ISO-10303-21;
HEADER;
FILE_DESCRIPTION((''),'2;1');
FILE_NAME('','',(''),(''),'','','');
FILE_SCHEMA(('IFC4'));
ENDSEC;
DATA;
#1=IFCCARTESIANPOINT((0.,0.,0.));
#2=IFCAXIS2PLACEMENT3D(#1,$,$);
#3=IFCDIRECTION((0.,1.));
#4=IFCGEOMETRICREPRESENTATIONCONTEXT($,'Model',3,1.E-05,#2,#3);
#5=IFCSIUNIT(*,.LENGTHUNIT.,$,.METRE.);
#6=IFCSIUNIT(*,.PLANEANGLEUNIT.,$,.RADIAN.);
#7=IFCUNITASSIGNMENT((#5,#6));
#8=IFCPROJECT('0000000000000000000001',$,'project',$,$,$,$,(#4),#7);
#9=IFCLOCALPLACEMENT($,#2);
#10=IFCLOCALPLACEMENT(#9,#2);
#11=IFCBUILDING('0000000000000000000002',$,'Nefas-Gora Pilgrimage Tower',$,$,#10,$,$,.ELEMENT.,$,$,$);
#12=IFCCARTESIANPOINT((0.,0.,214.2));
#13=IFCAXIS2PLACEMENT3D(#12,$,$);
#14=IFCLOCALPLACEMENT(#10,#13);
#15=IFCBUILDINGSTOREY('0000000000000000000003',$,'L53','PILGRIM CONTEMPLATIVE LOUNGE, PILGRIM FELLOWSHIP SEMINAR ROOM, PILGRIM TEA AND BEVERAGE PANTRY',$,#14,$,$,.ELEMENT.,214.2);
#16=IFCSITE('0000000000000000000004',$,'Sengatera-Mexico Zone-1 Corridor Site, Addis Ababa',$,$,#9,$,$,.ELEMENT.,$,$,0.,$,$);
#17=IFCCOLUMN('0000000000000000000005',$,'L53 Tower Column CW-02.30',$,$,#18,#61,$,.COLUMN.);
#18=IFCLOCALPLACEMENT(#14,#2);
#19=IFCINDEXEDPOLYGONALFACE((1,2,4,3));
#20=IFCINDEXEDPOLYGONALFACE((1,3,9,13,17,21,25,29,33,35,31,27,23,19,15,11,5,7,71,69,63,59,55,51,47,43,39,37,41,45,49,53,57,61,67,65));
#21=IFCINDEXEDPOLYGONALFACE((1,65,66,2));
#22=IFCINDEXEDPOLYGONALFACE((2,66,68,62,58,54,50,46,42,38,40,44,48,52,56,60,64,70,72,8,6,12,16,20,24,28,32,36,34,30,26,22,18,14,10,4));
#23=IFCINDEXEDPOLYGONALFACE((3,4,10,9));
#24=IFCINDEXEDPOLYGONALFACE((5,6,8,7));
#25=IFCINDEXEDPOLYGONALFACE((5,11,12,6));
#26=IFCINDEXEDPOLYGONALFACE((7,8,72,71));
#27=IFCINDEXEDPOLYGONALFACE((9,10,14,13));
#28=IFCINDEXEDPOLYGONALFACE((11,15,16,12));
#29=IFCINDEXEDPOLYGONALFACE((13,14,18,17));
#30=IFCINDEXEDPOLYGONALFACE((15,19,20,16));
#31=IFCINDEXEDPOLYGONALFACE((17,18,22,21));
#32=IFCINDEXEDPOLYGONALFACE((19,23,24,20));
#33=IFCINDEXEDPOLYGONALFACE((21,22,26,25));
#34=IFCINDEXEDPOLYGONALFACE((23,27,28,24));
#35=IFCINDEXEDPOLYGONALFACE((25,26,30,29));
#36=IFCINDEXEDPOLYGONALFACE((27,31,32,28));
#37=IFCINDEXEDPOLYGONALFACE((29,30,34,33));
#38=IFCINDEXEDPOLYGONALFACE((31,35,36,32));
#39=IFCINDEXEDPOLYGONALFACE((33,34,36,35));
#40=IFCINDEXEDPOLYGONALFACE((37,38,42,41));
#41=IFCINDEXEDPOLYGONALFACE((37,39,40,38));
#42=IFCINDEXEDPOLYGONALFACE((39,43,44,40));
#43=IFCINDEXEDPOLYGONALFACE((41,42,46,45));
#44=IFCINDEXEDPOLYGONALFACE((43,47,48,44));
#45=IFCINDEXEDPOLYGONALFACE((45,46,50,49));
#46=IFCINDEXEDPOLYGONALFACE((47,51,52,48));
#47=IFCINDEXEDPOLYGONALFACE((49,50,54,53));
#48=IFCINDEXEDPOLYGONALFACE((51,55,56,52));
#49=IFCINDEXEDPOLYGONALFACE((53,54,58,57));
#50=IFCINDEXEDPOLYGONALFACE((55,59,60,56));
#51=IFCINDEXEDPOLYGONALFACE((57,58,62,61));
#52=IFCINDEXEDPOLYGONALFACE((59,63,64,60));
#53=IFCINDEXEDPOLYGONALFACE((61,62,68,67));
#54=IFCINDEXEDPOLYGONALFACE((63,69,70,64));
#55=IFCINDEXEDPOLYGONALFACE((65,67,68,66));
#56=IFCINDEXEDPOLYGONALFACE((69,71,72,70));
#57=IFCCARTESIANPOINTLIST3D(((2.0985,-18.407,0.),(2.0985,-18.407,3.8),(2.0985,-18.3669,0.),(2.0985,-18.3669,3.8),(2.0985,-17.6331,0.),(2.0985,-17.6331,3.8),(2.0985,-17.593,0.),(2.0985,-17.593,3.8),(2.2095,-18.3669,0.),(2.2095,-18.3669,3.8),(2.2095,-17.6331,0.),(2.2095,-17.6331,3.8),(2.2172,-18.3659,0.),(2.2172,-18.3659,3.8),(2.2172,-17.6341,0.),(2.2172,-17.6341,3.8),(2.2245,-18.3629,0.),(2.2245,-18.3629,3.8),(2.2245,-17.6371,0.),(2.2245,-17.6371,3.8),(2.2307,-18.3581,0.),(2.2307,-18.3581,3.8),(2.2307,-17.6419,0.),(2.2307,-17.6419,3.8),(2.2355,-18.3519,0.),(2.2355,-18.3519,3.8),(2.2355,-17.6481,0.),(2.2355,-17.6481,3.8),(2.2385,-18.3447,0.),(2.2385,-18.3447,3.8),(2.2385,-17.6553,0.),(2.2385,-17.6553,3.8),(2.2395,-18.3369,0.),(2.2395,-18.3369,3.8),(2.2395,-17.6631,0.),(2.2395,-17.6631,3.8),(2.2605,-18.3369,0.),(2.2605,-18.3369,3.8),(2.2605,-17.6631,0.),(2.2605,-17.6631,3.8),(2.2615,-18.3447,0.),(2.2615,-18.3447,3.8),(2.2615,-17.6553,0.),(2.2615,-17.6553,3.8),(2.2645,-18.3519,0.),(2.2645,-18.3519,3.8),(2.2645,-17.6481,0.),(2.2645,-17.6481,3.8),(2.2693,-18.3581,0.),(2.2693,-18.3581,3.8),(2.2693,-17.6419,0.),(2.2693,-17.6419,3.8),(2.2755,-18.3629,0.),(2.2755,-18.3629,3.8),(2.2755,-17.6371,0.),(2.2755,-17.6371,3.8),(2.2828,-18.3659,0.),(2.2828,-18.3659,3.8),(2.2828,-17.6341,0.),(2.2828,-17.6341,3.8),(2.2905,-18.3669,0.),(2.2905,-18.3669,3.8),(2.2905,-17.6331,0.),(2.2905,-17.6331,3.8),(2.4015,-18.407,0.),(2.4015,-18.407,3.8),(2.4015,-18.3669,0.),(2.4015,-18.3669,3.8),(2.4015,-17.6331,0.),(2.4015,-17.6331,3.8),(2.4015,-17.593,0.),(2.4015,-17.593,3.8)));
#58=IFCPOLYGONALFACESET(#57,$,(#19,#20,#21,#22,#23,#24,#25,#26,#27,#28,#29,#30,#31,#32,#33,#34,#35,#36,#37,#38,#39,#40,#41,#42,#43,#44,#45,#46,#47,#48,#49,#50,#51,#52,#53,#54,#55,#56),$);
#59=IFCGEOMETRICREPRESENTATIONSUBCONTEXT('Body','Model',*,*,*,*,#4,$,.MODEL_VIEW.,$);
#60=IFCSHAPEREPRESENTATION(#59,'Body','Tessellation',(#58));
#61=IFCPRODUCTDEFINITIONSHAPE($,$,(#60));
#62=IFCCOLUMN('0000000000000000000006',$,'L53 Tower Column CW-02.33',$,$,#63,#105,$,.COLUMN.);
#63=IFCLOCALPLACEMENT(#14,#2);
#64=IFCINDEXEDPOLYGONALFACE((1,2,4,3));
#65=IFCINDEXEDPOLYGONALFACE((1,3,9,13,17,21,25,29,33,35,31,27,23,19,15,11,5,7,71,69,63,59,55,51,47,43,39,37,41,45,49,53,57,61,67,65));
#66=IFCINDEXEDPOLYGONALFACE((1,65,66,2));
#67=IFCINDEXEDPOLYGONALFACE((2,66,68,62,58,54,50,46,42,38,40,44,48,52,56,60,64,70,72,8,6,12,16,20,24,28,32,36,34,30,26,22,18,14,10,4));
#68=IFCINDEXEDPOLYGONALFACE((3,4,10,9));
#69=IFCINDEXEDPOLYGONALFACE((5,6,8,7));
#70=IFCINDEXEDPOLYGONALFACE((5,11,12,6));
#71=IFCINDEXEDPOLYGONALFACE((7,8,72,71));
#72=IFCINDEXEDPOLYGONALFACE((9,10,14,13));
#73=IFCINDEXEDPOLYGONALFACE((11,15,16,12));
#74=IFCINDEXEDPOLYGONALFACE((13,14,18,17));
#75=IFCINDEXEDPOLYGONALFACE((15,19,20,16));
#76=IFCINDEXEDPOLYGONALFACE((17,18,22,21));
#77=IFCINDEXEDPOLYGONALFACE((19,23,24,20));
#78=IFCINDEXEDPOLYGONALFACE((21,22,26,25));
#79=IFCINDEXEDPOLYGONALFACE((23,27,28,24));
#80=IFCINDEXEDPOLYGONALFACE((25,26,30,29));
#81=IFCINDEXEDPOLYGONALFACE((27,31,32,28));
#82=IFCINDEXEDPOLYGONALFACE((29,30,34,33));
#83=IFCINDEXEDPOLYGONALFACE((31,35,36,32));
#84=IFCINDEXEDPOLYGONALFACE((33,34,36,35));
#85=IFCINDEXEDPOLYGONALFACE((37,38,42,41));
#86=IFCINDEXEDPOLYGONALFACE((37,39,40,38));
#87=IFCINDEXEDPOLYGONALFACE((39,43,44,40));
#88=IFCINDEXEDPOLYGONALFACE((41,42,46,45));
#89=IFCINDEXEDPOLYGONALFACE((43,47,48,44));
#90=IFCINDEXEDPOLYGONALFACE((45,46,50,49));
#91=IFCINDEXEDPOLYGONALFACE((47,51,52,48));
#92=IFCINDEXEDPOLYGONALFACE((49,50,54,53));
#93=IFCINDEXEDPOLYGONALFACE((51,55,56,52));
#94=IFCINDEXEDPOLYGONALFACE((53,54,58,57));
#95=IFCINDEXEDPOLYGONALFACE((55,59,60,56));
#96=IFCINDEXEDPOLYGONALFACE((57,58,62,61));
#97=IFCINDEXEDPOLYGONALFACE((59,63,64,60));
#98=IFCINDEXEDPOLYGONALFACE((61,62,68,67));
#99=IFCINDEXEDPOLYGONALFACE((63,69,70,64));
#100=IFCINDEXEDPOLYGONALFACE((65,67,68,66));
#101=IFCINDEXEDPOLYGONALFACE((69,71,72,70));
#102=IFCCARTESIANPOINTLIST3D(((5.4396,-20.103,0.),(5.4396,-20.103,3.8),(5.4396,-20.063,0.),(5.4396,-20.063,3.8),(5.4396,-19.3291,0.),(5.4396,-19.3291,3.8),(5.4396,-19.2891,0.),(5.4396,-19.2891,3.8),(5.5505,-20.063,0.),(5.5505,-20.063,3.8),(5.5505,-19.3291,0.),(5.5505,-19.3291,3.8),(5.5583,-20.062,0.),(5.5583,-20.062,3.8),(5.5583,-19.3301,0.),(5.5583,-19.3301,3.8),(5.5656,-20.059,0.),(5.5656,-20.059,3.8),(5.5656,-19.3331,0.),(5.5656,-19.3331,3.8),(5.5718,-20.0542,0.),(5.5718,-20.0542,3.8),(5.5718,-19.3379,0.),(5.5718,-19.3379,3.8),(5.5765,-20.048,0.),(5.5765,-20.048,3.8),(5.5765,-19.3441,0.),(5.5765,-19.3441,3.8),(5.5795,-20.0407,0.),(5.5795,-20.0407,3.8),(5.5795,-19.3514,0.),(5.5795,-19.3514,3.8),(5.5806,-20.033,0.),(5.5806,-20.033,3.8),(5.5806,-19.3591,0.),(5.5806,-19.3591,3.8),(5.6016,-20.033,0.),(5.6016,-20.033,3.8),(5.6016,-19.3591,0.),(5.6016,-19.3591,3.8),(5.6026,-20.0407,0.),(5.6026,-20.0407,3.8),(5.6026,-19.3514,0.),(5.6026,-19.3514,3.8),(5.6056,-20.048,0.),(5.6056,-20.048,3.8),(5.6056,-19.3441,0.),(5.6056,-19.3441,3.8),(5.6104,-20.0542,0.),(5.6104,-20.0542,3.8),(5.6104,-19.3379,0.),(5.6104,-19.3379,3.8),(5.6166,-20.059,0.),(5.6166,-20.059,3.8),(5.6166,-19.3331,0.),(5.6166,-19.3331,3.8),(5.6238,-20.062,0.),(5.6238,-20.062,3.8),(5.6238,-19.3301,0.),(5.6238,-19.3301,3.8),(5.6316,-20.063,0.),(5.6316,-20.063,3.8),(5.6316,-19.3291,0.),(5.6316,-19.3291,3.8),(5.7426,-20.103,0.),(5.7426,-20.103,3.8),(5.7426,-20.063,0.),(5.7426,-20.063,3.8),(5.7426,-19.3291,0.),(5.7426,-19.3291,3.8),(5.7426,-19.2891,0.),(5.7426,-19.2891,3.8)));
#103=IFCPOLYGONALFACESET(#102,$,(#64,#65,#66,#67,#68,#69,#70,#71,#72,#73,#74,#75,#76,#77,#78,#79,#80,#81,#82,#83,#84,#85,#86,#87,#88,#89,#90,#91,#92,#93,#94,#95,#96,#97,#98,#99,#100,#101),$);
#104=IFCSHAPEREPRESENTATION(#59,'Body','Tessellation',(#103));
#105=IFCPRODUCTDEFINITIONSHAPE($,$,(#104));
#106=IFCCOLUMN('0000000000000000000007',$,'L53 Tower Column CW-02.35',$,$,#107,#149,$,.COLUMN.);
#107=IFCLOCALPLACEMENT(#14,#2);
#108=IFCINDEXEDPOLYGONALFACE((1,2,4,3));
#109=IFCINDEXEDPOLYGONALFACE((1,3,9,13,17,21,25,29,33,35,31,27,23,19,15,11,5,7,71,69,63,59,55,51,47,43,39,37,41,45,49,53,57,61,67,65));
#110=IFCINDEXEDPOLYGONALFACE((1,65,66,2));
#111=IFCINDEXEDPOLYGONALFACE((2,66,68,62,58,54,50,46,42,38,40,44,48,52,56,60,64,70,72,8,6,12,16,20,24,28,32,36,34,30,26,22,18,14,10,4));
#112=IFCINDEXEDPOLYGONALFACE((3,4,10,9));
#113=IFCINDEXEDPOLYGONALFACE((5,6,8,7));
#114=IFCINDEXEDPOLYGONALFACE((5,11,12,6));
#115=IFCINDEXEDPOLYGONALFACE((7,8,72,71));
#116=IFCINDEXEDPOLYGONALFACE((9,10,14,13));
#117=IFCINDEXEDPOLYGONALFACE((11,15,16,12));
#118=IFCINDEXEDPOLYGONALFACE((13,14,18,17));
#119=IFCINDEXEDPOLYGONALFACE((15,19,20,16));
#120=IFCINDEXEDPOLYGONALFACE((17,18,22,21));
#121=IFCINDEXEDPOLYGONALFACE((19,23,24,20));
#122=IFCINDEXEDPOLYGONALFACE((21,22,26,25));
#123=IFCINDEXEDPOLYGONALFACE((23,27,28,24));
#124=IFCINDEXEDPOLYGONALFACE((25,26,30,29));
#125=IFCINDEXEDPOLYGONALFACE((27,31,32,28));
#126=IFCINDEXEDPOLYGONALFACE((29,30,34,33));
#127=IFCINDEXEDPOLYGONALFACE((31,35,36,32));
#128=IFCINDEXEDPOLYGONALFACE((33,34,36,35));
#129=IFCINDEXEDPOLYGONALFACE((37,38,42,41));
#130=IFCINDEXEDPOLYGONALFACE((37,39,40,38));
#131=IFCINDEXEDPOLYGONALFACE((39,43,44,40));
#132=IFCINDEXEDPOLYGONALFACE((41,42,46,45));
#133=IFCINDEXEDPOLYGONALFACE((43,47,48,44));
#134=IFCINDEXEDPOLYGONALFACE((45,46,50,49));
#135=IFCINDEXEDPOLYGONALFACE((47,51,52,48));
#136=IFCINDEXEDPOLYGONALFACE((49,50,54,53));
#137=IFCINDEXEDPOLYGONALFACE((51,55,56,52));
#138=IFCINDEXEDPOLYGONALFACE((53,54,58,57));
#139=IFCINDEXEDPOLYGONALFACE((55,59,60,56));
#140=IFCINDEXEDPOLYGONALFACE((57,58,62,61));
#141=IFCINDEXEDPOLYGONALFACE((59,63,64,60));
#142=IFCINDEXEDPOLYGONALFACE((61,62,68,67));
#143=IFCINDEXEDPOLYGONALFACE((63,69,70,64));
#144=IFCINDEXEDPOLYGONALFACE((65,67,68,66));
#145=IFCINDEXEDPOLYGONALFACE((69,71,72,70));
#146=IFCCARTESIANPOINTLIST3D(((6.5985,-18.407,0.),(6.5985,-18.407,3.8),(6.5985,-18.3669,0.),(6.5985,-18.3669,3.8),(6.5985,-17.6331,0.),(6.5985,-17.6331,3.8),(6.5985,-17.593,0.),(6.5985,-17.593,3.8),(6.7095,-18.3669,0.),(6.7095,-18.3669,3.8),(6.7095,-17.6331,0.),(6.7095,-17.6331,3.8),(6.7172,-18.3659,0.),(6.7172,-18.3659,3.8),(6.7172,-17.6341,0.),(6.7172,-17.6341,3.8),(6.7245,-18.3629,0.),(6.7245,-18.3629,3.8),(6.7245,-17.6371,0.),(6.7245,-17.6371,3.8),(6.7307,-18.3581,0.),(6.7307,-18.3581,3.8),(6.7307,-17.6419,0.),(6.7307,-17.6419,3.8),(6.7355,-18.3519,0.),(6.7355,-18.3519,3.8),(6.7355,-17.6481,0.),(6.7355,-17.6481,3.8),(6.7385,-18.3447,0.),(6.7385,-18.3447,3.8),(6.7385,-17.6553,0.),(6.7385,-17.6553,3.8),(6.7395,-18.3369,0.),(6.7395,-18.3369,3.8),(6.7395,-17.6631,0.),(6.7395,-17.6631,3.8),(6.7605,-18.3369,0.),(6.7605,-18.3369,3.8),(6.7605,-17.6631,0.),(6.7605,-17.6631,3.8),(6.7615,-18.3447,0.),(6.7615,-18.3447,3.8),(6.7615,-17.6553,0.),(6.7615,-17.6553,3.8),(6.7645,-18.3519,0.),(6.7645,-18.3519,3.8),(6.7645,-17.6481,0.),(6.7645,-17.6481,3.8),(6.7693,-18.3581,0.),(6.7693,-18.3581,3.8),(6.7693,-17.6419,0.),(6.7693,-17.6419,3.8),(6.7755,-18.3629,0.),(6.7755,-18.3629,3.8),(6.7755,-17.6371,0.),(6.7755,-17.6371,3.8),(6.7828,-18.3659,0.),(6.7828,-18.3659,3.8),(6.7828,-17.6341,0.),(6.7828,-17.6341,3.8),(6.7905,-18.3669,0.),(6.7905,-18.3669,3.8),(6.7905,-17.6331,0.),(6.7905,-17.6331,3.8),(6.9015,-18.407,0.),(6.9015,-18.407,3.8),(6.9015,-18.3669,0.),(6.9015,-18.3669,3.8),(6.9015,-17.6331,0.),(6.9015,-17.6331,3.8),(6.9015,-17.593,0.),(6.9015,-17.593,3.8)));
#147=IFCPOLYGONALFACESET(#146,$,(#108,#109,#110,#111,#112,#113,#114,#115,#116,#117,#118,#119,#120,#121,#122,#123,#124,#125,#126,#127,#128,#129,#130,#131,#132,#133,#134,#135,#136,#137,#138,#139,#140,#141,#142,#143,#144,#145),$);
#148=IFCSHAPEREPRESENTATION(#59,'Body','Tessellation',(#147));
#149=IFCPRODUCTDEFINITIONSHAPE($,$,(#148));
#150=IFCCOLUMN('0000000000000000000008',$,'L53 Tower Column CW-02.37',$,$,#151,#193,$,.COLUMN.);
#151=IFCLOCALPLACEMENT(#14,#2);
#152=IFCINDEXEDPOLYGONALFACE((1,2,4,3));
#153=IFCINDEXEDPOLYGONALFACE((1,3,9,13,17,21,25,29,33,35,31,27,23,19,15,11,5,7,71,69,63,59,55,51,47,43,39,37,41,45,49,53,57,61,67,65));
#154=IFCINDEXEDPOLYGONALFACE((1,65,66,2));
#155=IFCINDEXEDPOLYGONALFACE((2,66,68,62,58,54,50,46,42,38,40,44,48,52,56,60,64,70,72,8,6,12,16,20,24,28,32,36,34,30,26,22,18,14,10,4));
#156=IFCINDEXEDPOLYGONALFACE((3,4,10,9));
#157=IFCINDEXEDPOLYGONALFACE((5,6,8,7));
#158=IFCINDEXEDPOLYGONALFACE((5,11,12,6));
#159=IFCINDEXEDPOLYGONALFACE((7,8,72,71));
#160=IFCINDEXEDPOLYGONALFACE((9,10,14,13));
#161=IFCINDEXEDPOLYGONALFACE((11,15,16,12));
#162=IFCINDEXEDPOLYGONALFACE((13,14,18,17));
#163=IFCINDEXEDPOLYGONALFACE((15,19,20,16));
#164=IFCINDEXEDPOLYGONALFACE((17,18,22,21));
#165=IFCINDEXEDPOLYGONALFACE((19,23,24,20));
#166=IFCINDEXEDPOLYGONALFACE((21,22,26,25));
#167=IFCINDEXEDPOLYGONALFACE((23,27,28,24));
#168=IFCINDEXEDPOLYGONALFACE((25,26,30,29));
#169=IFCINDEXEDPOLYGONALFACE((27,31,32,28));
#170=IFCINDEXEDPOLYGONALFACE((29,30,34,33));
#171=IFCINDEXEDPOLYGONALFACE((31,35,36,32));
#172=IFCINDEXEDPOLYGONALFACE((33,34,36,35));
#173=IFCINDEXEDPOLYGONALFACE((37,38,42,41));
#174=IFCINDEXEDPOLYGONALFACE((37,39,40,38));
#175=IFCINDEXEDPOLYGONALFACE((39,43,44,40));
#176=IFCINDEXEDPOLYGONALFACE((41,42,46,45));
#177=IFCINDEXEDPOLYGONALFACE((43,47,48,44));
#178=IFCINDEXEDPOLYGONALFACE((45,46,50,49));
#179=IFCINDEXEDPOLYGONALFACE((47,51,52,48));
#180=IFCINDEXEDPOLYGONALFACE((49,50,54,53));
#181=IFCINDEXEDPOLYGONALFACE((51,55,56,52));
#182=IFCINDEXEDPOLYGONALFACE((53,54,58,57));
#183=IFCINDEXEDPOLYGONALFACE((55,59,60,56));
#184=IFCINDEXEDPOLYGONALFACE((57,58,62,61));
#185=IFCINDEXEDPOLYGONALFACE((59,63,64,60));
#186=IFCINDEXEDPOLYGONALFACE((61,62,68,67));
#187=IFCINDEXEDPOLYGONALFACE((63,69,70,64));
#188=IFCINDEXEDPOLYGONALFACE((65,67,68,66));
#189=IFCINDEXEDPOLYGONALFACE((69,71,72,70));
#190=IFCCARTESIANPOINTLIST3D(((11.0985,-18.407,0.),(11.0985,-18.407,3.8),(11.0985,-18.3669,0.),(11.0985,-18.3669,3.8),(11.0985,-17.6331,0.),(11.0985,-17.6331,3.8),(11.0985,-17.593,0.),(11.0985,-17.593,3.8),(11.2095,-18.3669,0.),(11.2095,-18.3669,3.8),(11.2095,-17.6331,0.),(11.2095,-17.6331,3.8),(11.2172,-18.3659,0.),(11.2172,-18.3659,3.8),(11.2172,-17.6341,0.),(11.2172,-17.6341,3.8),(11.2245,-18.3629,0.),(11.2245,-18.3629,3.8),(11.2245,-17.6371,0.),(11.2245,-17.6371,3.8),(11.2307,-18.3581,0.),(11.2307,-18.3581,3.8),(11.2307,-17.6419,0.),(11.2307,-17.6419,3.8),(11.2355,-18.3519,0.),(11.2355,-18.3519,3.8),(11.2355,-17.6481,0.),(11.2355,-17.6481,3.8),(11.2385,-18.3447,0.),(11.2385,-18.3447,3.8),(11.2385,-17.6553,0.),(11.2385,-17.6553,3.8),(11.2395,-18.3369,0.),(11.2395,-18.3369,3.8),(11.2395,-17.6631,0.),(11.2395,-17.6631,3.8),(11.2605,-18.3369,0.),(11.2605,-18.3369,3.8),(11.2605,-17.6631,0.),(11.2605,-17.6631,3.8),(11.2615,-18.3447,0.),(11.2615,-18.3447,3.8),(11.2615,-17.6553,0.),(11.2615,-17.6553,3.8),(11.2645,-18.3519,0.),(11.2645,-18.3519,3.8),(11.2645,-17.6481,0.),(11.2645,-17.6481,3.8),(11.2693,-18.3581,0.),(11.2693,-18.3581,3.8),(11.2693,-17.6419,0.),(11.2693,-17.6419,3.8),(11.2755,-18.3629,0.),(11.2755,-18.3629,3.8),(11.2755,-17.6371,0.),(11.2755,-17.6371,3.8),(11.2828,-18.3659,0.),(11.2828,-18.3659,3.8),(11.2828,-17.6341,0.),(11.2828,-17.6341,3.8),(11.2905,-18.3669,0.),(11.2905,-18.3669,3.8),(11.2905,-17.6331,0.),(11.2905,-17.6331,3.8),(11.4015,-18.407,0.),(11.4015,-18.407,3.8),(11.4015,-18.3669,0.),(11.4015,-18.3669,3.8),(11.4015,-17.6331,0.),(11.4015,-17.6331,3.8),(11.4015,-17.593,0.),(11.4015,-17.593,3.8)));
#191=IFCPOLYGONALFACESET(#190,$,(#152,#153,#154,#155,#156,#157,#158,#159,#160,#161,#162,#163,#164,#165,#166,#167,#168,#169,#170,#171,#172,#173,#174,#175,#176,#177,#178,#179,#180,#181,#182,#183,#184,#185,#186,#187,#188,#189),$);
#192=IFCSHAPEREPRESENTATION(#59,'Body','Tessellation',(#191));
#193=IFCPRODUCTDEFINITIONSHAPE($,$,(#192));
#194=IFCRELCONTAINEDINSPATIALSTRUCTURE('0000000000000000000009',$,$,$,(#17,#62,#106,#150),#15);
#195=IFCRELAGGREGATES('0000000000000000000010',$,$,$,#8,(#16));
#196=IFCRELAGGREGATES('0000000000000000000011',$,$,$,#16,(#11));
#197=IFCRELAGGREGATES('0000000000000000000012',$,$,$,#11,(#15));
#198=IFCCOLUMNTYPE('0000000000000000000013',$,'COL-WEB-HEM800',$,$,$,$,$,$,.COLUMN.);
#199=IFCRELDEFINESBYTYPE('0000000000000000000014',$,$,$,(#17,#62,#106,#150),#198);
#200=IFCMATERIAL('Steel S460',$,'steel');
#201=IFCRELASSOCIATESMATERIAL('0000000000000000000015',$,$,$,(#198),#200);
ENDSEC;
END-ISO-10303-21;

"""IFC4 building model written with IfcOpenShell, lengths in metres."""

from ifc_helpers import new_model, si_unit, direction, frame, origin, origin_2d, place, context, subcontext, project, spatial, i_section, extrude, source, transform, mapped, material, material_profile, profile_set, type_object, element, save


model = new_model("IFC4")

# Units and contexts
model_context = context("Model", 3, precision=1e-05, world=origin(), true_north=direction((0.0, 1.0)))
body_context = subcontext(model_context, "Body", "Model", "MODEL_VIEW")
ifc_project = project(units=[si_unit("LENGTHUNIT", "METRE"), si_unit("PLANEANGLEUNIT", "RADIAN")], contexts=[model_context])

# Site, building, storey
site_placement = place(None, origin())
site = spatial("IfcSite", under=ifc_project, at=site_placement, Name="Sengatera-Mexico Zone-1 Corridor Site, Addis Ababa", CompositionType="ELEMENT", RefElevation=0.0)
building_placement = place(site_placement, origin())
building = spatial("IfcBuilding", under=site, at=building_placement, Name="Nefas-Gora Pilgrimage Tower", CompositionType="ELEMENT")
storey_placement = place(building_placement, frame((0.0, 0.0, 214.2)))
storey = spatial("IfcBuildingStorey", under=building, at=storey_placement, Name="L53", Description="PILGRIM CONTEMPLATIVE LOUNGE, PILGRIM FELLOWSHIP SEMINAR ROOM, PILGRIM TEA AND BEVERAGE PANTRY", CompositionType="ELEMENT", Elevation=214.2)

# Columns
ifc_material_1 = material(Name="Steel S460", Category="steel")
ifc_material_profile_1 = material_profile(ifc_material_1, i_section(OverallWidth=0.303, OverallDepth=0.814, WebThickness=0.021, FlangeThickness=0.04, FilletRadius=0.03, at=origin_2d()), Name="HEM 800")
ifc_profile_set_1 = profile_set([ifc_material_profile_1], Name="Steel S460")
column_type_1 = type_object("IfcColumnType", Name="COL-WEB-HEM800", PredefinedType="COLUMN", material=ifc_profile_set_1)
shared_shape_1 = source(origin(), body_context, "Body", "SweptSolid", [
    extrude(i_section(OverallWidth=0.303, OverallDepth=0.814, WebThickness=0.021, FlangeThickness=0.04, FilletRadius=0.03, at=origin_2d()), origin(), (0.0, 0.0, 1.0), 3.8),
])
for number, where, z_axis, x_axis, name in (
    (1, (2.25, -18.0, 0.0), (0.0, 0.0, 1.0), (1.0, 0.0, 0.0), "L53 Tower Column CW-02.30"),
    (2, (5.5911, -19.696, 0.0), (0.0, 0.0, 1.0), (1.0, 0.0, 0.0), "L53 Tower Column CW-02.33"),
    (3, (6.75, -18.0, 0.0), (0.0, 0.0, 1.0), (1.0, 0.0, 0.0), "L53 Tower Column CW-02.35"),
    (4, (11.25, -18.0, 0.0), (0.0, 0.0, 1.0), (1.0, 0.0, 0.0), "L53 Tower Column CW-02.37"),
):
    element("IfcColumn", number, at=place(storey_placement, frame(where, z_axis=z_axis, x_axis=x_axis)), inside=storey, type_object=column_type_1, Name=name, PredefinedType="COLUMN", context=body_context, shape_type="MappedRepresentation", body=[
        mapped(shared_shape_1, transform((0.0, 0.0, 0.0), x_axis=(1.0, 0.0, 0.0), y_axis=(0.0, 1.0, 0.0), z_axis=(0.0, 0.0, 1.0), scale=1.0)),
    ])

save(model, "model.ifc")
